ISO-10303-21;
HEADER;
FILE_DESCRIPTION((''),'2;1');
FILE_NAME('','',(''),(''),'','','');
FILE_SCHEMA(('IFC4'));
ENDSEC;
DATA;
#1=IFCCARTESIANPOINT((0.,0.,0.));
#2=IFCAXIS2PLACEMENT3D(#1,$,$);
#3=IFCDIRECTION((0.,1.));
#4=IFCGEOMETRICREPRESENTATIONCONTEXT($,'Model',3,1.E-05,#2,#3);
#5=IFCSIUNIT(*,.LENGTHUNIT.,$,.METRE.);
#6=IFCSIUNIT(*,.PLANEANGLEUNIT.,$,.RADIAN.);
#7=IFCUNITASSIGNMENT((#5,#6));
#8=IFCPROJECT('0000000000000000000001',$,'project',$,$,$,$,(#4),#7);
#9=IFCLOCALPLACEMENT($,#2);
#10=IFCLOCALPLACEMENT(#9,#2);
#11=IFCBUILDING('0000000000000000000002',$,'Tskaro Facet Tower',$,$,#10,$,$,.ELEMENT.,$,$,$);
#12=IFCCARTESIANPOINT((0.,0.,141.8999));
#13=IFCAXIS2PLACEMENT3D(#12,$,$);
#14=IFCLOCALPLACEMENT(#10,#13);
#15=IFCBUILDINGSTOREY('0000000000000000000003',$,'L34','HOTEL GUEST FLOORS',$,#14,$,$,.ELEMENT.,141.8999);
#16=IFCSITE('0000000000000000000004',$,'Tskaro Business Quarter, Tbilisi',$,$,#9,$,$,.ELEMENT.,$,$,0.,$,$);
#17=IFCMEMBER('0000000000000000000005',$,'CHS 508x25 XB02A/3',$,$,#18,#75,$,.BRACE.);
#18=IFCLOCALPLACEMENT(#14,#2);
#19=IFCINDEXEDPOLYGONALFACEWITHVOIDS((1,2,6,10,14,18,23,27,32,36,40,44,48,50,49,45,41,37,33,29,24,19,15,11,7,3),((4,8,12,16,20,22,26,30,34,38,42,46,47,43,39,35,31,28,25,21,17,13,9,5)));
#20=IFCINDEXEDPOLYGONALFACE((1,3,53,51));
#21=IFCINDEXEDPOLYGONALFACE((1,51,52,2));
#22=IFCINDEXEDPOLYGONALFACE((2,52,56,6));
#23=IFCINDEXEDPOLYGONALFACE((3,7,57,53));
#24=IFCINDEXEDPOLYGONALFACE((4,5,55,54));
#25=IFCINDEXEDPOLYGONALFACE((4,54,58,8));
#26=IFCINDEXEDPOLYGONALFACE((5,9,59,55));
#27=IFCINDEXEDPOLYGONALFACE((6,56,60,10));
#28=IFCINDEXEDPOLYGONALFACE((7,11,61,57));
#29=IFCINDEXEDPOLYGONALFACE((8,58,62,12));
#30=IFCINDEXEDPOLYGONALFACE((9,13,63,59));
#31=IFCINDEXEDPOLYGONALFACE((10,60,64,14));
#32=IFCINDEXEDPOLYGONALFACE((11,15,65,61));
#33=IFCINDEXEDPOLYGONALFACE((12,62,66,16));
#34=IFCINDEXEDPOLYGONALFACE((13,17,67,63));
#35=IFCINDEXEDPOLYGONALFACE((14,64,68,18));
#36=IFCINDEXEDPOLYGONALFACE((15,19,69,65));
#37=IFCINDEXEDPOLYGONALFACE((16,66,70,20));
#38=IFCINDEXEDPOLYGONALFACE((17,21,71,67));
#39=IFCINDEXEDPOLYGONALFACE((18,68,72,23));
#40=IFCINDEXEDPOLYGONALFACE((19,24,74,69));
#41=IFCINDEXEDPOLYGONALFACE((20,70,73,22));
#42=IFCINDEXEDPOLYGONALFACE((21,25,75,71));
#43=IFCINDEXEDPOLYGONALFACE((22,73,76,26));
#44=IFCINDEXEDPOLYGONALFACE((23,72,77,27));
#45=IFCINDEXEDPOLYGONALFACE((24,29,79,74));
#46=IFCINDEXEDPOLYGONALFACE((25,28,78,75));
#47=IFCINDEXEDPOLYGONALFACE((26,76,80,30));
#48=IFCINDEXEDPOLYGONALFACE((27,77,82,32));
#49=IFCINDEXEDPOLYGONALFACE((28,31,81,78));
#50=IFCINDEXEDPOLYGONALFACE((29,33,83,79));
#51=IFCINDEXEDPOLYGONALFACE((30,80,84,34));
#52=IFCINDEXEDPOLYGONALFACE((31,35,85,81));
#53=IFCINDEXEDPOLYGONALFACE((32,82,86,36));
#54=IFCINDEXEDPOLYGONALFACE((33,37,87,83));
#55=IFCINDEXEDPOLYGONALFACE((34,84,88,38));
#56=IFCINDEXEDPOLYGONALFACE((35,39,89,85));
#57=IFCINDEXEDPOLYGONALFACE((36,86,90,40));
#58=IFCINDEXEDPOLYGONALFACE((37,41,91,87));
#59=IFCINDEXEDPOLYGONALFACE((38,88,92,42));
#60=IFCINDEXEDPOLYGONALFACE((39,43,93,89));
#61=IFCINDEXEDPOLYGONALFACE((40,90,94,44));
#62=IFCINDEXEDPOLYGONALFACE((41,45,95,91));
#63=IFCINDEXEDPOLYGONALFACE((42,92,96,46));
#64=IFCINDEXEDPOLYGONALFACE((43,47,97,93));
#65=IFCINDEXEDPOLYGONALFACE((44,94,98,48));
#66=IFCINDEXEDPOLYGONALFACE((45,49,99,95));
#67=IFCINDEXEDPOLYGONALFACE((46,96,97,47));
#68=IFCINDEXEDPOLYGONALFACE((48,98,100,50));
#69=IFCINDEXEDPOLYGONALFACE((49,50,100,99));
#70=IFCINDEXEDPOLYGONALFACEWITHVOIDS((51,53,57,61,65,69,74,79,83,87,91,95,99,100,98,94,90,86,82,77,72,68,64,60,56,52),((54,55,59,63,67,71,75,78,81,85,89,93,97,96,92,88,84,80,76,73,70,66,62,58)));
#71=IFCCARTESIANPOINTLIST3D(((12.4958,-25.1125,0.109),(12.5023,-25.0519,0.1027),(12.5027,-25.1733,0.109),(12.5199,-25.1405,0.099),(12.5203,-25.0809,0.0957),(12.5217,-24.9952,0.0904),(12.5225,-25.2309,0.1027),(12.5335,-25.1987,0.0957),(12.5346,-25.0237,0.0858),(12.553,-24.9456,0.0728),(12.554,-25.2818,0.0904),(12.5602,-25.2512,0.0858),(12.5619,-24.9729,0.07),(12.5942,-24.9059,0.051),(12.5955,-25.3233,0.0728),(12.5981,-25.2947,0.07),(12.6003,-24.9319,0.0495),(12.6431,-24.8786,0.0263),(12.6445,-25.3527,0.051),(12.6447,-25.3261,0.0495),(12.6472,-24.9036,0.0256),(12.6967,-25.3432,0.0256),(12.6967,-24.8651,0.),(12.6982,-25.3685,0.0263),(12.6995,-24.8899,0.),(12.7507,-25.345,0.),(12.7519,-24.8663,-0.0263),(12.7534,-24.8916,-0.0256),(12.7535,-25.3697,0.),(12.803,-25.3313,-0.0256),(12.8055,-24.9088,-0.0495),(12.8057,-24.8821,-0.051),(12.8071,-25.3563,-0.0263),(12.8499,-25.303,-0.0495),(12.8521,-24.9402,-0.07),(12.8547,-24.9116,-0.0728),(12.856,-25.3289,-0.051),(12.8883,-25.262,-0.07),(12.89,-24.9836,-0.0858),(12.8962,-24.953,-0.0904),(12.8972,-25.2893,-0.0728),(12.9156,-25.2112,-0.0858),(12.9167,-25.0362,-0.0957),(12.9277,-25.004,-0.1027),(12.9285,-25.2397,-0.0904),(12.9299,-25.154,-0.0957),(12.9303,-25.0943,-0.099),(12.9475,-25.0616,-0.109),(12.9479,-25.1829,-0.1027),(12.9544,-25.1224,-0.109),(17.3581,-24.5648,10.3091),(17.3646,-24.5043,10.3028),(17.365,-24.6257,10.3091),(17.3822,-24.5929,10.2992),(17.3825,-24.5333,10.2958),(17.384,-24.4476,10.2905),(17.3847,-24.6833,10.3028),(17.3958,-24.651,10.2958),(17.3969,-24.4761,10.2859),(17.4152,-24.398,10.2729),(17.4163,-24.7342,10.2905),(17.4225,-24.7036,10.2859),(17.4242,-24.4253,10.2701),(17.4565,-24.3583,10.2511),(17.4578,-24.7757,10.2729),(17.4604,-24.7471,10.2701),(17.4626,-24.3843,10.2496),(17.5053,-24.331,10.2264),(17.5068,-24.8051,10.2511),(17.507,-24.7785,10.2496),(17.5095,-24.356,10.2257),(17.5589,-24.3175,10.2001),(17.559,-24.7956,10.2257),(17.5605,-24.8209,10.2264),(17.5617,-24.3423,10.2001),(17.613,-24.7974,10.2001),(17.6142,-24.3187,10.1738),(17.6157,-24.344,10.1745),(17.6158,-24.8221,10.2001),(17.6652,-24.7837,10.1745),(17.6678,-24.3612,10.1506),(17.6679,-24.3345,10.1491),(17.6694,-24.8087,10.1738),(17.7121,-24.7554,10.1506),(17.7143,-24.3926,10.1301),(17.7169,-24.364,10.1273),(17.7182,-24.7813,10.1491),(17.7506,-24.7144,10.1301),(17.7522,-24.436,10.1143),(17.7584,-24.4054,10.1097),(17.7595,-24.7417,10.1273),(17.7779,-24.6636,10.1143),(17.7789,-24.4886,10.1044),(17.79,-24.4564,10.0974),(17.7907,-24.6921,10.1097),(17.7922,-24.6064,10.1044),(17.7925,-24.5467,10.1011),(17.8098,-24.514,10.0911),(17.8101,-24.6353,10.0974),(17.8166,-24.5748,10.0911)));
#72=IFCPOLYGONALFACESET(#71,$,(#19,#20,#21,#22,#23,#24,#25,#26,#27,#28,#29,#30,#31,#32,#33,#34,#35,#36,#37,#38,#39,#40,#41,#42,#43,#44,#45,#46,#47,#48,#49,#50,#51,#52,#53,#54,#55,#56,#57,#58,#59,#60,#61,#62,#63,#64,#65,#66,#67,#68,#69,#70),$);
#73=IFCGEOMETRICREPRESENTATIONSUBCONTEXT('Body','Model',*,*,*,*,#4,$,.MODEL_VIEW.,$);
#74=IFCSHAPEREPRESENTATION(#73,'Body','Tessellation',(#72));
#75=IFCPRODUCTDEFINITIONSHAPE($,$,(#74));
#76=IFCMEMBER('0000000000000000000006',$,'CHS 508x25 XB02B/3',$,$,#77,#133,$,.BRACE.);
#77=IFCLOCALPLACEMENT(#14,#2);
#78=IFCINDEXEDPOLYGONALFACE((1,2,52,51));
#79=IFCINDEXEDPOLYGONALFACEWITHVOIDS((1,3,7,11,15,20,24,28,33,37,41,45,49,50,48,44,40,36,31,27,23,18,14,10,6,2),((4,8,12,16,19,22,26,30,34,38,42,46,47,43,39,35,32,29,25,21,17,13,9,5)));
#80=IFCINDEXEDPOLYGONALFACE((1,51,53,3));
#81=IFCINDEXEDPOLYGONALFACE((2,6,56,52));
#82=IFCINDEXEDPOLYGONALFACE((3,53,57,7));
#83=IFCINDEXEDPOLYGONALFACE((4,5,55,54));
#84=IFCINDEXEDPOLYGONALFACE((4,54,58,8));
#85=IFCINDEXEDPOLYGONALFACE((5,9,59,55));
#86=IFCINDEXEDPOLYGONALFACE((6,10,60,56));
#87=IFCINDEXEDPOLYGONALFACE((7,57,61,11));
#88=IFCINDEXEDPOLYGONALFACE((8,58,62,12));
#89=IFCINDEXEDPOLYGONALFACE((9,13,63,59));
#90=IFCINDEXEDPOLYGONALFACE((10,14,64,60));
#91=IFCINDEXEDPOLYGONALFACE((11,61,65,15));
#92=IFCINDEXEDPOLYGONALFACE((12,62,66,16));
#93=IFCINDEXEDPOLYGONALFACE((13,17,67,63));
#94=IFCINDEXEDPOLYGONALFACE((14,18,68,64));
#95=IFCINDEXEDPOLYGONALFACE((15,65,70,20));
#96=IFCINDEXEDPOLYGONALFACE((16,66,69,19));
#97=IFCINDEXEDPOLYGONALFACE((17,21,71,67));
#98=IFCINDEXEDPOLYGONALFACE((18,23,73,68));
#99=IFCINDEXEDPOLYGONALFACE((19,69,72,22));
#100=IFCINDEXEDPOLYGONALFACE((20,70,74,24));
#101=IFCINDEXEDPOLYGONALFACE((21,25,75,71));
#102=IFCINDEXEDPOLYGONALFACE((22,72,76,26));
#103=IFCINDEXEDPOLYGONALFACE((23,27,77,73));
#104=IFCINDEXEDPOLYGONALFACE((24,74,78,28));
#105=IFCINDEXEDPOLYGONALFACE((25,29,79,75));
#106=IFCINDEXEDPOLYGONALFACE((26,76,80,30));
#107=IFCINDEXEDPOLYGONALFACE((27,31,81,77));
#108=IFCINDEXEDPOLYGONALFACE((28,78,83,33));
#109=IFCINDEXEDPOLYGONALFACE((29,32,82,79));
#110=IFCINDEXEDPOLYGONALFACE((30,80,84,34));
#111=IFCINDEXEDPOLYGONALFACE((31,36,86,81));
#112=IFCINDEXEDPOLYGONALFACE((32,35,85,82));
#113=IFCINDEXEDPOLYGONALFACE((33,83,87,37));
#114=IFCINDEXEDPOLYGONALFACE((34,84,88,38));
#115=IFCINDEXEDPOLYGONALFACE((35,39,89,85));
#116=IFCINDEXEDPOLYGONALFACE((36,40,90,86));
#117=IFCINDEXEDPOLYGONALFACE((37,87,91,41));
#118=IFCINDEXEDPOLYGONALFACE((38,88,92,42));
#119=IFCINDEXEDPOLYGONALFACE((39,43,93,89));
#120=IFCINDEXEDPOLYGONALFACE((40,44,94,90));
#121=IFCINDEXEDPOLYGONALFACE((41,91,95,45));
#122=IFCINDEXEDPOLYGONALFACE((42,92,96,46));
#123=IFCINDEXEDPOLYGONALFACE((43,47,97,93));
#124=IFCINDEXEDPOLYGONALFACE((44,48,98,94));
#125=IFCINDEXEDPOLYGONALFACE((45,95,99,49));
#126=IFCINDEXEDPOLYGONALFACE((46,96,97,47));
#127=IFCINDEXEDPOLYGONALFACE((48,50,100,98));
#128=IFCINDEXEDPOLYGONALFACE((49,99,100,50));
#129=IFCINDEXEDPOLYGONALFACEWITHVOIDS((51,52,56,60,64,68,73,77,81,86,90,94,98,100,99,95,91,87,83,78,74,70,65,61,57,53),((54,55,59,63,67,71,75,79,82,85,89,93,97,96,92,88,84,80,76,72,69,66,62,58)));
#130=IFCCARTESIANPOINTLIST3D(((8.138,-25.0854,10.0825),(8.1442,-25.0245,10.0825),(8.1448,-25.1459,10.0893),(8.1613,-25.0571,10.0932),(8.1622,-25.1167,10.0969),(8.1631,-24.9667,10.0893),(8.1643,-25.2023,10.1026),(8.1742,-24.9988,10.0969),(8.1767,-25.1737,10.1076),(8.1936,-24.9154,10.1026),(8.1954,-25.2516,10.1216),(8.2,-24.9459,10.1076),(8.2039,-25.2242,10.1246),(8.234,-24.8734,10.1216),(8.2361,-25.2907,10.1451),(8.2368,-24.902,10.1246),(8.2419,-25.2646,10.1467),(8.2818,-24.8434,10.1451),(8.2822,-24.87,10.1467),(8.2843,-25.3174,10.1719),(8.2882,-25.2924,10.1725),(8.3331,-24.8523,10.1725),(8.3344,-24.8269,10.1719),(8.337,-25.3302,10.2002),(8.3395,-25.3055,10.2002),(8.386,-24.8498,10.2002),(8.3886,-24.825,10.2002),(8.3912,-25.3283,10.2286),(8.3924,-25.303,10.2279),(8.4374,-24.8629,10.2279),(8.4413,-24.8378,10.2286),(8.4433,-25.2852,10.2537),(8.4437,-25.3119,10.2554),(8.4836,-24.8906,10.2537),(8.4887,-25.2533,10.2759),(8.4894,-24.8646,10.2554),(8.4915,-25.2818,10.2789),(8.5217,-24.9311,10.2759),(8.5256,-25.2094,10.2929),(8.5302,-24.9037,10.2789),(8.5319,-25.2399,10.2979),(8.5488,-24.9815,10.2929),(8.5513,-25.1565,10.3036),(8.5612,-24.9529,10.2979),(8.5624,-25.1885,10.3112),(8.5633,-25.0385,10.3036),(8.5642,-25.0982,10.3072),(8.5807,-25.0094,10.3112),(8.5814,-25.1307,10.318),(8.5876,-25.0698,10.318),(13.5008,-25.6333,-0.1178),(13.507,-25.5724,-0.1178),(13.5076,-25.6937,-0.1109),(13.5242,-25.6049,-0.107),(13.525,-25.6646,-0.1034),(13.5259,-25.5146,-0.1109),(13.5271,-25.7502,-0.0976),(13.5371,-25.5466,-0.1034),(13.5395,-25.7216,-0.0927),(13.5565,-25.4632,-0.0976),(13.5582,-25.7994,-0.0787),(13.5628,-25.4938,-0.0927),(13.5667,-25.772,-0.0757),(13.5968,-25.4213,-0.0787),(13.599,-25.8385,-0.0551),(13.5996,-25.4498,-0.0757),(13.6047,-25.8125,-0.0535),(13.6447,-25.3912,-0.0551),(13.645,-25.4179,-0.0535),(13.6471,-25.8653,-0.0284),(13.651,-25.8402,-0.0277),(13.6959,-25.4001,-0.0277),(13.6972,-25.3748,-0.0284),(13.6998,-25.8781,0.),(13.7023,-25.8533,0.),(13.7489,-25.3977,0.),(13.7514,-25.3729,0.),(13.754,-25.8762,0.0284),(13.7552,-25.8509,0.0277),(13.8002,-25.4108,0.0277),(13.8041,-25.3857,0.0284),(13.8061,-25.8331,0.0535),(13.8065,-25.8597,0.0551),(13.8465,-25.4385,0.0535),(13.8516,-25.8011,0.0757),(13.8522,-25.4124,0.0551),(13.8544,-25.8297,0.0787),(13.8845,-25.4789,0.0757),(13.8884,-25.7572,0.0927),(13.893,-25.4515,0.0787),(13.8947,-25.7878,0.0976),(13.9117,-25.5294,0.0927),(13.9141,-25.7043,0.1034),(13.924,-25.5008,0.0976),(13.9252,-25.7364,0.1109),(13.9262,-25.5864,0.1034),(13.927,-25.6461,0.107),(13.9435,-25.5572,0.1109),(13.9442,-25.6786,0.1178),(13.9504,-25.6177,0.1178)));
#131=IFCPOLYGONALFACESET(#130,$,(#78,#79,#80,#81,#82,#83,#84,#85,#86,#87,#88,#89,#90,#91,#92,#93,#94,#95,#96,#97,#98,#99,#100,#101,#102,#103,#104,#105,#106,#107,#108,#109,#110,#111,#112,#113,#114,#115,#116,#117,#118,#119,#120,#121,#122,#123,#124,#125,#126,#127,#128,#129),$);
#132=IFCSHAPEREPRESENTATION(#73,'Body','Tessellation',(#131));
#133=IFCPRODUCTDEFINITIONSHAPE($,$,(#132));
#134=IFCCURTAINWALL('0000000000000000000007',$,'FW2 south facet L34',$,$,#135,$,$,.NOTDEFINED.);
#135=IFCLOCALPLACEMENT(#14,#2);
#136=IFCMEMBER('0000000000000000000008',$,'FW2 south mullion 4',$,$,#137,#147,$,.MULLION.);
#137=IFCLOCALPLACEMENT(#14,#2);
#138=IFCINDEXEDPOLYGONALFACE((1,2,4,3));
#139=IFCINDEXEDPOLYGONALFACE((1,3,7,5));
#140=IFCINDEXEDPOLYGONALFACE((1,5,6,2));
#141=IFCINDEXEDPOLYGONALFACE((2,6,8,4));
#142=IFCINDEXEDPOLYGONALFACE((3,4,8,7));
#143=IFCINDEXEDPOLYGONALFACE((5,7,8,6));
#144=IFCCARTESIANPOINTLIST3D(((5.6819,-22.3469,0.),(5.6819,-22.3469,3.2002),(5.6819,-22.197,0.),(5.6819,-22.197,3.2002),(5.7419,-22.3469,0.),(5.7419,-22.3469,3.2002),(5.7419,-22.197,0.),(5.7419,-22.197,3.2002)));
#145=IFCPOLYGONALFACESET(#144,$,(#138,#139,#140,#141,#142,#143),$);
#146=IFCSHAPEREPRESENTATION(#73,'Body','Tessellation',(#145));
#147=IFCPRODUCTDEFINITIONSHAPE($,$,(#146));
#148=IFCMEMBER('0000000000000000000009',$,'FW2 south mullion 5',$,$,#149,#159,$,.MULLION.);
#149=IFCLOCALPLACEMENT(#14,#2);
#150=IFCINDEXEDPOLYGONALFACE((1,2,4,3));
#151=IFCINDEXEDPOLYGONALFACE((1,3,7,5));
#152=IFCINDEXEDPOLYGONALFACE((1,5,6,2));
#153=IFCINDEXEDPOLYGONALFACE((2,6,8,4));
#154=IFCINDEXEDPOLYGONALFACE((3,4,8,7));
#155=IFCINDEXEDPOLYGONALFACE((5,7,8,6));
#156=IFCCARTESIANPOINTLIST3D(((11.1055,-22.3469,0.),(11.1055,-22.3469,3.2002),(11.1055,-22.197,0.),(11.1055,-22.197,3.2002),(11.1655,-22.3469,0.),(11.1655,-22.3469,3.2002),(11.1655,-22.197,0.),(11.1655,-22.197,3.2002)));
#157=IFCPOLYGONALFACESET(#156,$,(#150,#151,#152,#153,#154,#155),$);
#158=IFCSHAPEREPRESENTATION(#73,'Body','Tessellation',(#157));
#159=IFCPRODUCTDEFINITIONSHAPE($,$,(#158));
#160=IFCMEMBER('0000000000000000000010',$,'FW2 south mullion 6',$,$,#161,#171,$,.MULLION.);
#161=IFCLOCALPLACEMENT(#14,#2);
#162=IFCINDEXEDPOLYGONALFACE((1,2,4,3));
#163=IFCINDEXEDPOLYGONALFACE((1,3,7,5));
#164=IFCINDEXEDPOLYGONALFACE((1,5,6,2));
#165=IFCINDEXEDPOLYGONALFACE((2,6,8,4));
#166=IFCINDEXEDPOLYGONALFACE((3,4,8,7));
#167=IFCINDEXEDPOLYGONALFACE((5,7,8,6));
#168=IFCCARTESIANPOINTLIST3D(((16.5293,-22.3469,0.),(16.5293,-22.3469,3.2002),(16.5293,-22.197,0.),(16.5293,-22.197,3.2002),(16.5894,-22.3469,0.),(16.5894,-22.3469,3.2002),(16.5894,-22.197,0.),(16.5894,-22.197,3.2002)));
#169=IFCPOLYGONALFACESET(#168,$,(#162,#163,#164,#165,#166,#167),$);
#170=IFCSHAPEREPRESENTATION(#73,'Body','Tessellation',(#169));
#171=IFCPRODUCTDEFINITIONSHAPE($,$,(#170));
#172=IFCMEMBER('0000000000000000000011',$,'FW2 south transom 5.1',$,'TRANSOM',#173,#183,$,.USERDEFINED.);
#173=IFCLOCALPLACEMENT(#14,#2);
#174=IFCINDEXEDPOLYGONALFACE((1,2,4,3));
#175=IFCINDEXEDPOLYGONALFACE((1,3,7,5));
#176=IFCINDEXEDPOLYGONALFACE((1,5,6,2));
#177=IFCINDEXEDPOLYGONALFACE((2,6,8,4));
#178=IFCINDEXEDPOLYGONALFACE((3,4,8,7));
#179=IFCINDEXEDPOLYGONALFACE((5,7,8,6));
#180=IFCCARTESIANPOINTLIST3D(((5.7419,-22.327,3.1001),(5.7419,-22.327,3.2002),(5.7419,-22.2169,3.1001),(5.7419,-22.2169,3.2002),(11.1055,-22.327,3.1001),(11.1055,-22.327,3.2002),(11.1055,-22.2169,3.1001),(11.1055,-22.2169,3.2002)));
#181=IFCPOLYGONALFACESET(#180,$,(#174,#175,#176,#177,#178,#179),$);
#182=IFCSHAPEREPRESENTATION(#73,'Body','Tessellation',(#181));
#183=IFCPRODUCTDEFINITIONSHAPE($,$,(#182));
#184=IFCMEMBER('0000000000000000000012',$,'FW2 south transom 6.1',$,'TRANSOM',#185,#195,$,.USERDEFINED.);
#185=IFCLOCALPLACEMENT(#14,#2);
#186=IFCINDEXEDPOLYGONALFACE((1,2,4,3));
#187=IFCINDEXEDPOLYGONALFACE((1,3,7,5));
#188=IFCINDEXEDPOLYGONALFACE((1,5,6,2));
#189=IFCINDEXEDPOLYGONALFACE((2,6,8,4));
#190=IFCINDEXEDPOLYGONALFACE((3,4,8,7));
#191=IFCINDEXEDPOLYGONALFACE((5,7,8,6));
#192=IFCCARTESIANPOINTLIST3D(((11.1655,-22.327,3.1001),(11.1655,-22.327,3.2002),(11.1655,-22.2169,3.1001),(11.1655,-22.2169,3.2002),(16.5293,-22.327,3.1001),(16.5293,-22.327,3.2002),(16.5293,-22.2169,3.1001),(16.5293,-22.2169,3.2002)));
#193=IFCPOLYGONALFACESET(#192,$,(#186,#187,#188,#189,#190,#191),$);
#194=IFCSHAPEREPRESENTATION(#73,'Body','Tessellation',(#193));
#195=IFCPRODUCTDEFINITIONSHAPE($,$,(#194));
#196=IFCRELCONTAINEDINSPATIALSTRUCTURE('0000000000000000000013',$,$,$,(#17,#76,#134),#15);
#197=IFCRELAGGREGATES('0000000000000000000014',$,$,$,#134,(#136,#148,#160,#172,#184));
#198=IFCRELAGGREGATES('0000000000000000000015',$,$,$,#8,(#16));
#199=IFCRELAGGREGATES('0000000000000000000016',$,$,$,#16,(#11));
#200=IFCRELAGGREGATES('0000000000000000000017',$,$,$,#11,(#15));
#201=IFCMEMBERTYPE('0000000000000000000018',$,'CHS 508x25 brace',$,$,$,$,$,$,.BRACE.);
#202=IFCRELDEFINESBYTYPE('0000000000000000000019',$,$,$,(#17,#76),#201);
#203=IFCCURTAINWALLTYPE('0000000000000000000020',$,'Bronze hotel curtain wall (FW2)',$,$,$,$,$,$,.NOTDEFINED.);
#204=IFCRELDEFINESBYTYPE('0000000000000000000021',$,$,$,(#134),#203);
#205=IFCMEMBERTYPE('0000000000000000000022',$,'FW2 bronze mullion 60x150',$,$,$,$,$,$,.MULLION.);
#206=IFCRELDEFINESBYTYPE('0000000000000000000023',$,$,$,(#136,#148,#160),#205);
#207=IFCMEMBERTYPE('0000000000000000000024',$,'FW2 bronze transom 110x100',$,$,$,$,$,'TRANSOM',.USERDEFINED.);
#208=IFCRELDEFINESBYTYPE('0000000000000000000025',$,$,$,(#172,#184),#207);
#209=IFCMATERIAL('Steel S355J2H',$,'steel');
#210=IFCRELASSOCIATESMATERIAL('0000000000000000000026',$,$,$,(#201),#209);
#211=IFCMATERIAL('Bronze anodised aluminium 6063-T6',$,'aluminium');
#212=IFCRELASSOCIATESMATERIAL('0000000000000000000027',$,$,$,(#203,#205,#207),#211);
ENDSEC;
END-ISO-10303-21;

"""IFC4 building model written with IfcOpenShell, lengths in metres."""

from ifc_helpers import new_model, si_unit, direction, frame, origin, origin_2d, place, context, subcontext, project, spatial, rectangle, hollow_circle, extrude, material, material_profile, profile_set, type_object, element, aggregate, save


model = new_model("IFC4")

# Units and contexts
model_context = context("Model", 3, precision=1e-05, world=origin(), true_north=direction((0.0, 1.0)))
body_context = subcontext(model_context, "Body", "Model", "MODEL_VIEW")
ifc_project = project(units=[si_unit("LENGTHUNIT", "METRE"), si_unit("PLANEANGLEUNIT", "RADIAN")], contexts=[model_context])

# Site, building, storey
site_placement = place(None, origin())
site = spatial("IfcSite", under=ifc_project, at=site_placement, Name="Tskaro Business Quarter, Tbilisi", CompositionType="ELEMENT", RefElevation=0.0)
building_placement = place(site_placement, origin())
building = spatial("IfcBuilding", under=site, at=building_placement, Name="Tskaro Facet Tower", CompositionType="ELEMENT")
storey_placement = place(building_placement, frame((0.0, 0.0, 141.8999)))
storey = spatial("IfcBuildingStorey", under=building, at=storey_placement, Name="L34", Description="HOTEL GUEST FLOORS", CompositionType="ELEMENT", Elevation=141.8999)

# Shared definitions
ifc_material_1 = material(Name="Steel S355J2H", Category="steel")

# Members
ifc_material_profile_1 = material_profile(ifc_material_1, hollow_circle(Radius=0.2539, WallThickness=0.0249, at=origin_2d()), Name="CHS 508x25")
ifc_profile_set_1 = profile_set([ifc_material_profile_1], Name="Steel S355J2H")
member_type_1 = type_object("IfcMemberType", Name="CHS 508x25 brace", PredefinedType="BRACE", material=ifc_profile_set_1)
member_1_placement = place(storey_placement, frame((12.7251, -25.1174, 0.0), z_axis=(0.429795, 0.048405, 0.901628), x_axis=(-0.111915, 0.993718, 0.0)))
element("IfcMember", 1, at=member_1_placement, inside=storey, type_object=member_type_1, Name="CHS 508x25 XB02A/3", PredefinedType="BRACE", context=body_context, shape_type="SweptSolid", body=[
    extrude(hollow_circle(Radius=0.2539, WallThickness=0.0249, at=origin_2d()), origin(), (0.0, 0.0, 1.0), 11.313),
])
member_2_placement = place(storey_placement, frame((13.7256, -25.6255, 0.0), z_axis=(-0.464832, 0.047486, 0.884125), x_axis=(-0.101629, -0.994822, 0.0)))
element("IfcMember", 2, at=member_2_placement, inside=storey, type_object=member_type_1, Name="CHS 508x25 XB02B/3", PredefinedType="BRACE", context=body_context, shape_type="SweptSolid", body=[
    extrude(hollow_circle(Radius=0.2539, WallThickness=0.0249, at=origin_2d()), origin(), (0.0, 0.0, 1.0), 11.5371),
])

# Curtain wall, members
ifc_material_2 = material(Name="Bronze anodised aluminium 6063-T6", Category="aluminium")
curtain_wall_type = type_object("IfcCurtainWallType", Name="Bronze hotel curtain wall (FW2)", PredefinedType="NOTDEFINED", material=ifc_material_2)
curtain_wall_placement = place(storey_placement, origin())
curtain_wall = element("IfcCurtainWall", 3, at=curtain_wall_placement, inside=storey, type_object=curtain_wall_type, Name="FW2 south facet L34", PredefinedType="NOTDEFINED")
ifc_material_profile_2 = material_profile(ifc_material_2, rectangle(XDim=0.0601, YDim=0.1499, at=origin_2d()), Name="Mullion 60x150")
ifc_profile_set_2 = profile_set([ifc_material_profile_2], Name="Bronze anodised aluminium 6063-T6")
member_type_2 = type_object("IfcMemberType", Name="FW2 bronze mullion 60x150", PredefinedType="MULLION", material=ifc_profile_set_2)
member_3_placement = place(storey_placement, frame((5.7119, -22.272, 0.0), z_axis=(0.0, 0.0, 1.0), x_axis=(1.0, 0.0, 0.0)))
member_3 = element("IfcMember", 4, at=member_3_placement, type_object=member_type_2, Name="FW2 south mullion 4", PredefinedType="MULLION", context=body_context, shape_type="SweptSolid", body=[
    extrude(rectangle(XDim=0.0601, YDim=0.1499, at=origin_2d()), origin(), (0.0, 0.0, 1.0), 3.2002),
])
member_4_placement = place(storey_placement, frame((11.1355, -22.272, 0.0), z_axis=(0.0, 0.0, 1.0), x_axis=(1.0, 0.0, 0.0)))
member_4 = element("IfcMember", 5, at=member_4_placement, type_object=member_type_2, Name="FW2 south mullion 5", PredefinedType="MULLION", context=body_context, shape_type="SweptSolid", body=[
    extrude(rectangle(XDim=0.0601, YDim=0.1499, at=origin_2d()), origin(), (0.0, 0.0, 1.0), 3.2002),
])
member_5_placement = place(storey_placement, frame((16.5593, -22.272, 0.0), z_axis=(0.0, 0.0, 1.0), x_axis=(1.0, 0.0, 0.0)))
member_5 = element("IfcMember", 6, at=member_5_placement, type_object=member_type_2, Name="FW2 south mullion 6", PredefinedType="MULLION", context=body_context, shape_type="SweptSolid", body=[
    extrude(rectangle(XDim=0.0601, YDim=0.1499, at=origin_2d()), origin(), (0.0, 0.0, 1.0), 3.2002),
])
ifc_material_profile_3 = material_profile(ifc_material_2, rectangle(XDim=0.1101, YDim=0.1001, at=origin_2d()), Name="Transom 110x100")
ifc_profile_set_3 = profile_set([ifc_material_profile_3], Name="Bronze anodised aluminium 6063-T6")
member_type_3 = type_object("IfcMemberType", Name="FW2 bronze transom 110x100", ElementType="TRANSOM", PredefinedType="USERDEFINED", material=ifc_profile_set_3)
member_6_placement = place(storey_placement, frame((5.7419, -22.272, 3.1501), z_axis=(1.0, 0.0, 0.0), x_axis=(0.0, 1.0, 0.0)))
member_6 = element("IfcMember", 7, at=member_6_placement, type_object=member_type_3, Name="FW2 south transom 5.1", ObjectType="TRANSOM", PredefinedType="USERDEFINED", context=body_context, shape_type="SweptSolid", body=[
    extrude(rectangle(XDim=0.1101, YDim=0.1001, at=origin_2d()), origin(), (0.0, 0.0, 1.0), 5.3635),
])
member_7_placement = place(storey_placement, frame((11.1655, -22.272, 3.1501), z_axis=(1.0, 0.0, 0.0), x_axis=(0.0, 1.0, 0.0)))
member_7 = element("IfcMember", 8, at=member_7_placement, type_object=member_type_3, Name="FW2 south transom 6.1", ObjectType="TRANSOM", PredefinedType="USERDEFINED", context=body_context, shape_type="SweptSolid", body=[
    extrude(rectangle(XDim=0.1101, YDim=0.1001, at=origin_2d()), origin(), (0.0, 0.0, 1.0), 5.3638),
])

aggregate(curtain_wall, [member_3, member_4, member_5, member_6, member_7])

save(model, "model.ifc")
